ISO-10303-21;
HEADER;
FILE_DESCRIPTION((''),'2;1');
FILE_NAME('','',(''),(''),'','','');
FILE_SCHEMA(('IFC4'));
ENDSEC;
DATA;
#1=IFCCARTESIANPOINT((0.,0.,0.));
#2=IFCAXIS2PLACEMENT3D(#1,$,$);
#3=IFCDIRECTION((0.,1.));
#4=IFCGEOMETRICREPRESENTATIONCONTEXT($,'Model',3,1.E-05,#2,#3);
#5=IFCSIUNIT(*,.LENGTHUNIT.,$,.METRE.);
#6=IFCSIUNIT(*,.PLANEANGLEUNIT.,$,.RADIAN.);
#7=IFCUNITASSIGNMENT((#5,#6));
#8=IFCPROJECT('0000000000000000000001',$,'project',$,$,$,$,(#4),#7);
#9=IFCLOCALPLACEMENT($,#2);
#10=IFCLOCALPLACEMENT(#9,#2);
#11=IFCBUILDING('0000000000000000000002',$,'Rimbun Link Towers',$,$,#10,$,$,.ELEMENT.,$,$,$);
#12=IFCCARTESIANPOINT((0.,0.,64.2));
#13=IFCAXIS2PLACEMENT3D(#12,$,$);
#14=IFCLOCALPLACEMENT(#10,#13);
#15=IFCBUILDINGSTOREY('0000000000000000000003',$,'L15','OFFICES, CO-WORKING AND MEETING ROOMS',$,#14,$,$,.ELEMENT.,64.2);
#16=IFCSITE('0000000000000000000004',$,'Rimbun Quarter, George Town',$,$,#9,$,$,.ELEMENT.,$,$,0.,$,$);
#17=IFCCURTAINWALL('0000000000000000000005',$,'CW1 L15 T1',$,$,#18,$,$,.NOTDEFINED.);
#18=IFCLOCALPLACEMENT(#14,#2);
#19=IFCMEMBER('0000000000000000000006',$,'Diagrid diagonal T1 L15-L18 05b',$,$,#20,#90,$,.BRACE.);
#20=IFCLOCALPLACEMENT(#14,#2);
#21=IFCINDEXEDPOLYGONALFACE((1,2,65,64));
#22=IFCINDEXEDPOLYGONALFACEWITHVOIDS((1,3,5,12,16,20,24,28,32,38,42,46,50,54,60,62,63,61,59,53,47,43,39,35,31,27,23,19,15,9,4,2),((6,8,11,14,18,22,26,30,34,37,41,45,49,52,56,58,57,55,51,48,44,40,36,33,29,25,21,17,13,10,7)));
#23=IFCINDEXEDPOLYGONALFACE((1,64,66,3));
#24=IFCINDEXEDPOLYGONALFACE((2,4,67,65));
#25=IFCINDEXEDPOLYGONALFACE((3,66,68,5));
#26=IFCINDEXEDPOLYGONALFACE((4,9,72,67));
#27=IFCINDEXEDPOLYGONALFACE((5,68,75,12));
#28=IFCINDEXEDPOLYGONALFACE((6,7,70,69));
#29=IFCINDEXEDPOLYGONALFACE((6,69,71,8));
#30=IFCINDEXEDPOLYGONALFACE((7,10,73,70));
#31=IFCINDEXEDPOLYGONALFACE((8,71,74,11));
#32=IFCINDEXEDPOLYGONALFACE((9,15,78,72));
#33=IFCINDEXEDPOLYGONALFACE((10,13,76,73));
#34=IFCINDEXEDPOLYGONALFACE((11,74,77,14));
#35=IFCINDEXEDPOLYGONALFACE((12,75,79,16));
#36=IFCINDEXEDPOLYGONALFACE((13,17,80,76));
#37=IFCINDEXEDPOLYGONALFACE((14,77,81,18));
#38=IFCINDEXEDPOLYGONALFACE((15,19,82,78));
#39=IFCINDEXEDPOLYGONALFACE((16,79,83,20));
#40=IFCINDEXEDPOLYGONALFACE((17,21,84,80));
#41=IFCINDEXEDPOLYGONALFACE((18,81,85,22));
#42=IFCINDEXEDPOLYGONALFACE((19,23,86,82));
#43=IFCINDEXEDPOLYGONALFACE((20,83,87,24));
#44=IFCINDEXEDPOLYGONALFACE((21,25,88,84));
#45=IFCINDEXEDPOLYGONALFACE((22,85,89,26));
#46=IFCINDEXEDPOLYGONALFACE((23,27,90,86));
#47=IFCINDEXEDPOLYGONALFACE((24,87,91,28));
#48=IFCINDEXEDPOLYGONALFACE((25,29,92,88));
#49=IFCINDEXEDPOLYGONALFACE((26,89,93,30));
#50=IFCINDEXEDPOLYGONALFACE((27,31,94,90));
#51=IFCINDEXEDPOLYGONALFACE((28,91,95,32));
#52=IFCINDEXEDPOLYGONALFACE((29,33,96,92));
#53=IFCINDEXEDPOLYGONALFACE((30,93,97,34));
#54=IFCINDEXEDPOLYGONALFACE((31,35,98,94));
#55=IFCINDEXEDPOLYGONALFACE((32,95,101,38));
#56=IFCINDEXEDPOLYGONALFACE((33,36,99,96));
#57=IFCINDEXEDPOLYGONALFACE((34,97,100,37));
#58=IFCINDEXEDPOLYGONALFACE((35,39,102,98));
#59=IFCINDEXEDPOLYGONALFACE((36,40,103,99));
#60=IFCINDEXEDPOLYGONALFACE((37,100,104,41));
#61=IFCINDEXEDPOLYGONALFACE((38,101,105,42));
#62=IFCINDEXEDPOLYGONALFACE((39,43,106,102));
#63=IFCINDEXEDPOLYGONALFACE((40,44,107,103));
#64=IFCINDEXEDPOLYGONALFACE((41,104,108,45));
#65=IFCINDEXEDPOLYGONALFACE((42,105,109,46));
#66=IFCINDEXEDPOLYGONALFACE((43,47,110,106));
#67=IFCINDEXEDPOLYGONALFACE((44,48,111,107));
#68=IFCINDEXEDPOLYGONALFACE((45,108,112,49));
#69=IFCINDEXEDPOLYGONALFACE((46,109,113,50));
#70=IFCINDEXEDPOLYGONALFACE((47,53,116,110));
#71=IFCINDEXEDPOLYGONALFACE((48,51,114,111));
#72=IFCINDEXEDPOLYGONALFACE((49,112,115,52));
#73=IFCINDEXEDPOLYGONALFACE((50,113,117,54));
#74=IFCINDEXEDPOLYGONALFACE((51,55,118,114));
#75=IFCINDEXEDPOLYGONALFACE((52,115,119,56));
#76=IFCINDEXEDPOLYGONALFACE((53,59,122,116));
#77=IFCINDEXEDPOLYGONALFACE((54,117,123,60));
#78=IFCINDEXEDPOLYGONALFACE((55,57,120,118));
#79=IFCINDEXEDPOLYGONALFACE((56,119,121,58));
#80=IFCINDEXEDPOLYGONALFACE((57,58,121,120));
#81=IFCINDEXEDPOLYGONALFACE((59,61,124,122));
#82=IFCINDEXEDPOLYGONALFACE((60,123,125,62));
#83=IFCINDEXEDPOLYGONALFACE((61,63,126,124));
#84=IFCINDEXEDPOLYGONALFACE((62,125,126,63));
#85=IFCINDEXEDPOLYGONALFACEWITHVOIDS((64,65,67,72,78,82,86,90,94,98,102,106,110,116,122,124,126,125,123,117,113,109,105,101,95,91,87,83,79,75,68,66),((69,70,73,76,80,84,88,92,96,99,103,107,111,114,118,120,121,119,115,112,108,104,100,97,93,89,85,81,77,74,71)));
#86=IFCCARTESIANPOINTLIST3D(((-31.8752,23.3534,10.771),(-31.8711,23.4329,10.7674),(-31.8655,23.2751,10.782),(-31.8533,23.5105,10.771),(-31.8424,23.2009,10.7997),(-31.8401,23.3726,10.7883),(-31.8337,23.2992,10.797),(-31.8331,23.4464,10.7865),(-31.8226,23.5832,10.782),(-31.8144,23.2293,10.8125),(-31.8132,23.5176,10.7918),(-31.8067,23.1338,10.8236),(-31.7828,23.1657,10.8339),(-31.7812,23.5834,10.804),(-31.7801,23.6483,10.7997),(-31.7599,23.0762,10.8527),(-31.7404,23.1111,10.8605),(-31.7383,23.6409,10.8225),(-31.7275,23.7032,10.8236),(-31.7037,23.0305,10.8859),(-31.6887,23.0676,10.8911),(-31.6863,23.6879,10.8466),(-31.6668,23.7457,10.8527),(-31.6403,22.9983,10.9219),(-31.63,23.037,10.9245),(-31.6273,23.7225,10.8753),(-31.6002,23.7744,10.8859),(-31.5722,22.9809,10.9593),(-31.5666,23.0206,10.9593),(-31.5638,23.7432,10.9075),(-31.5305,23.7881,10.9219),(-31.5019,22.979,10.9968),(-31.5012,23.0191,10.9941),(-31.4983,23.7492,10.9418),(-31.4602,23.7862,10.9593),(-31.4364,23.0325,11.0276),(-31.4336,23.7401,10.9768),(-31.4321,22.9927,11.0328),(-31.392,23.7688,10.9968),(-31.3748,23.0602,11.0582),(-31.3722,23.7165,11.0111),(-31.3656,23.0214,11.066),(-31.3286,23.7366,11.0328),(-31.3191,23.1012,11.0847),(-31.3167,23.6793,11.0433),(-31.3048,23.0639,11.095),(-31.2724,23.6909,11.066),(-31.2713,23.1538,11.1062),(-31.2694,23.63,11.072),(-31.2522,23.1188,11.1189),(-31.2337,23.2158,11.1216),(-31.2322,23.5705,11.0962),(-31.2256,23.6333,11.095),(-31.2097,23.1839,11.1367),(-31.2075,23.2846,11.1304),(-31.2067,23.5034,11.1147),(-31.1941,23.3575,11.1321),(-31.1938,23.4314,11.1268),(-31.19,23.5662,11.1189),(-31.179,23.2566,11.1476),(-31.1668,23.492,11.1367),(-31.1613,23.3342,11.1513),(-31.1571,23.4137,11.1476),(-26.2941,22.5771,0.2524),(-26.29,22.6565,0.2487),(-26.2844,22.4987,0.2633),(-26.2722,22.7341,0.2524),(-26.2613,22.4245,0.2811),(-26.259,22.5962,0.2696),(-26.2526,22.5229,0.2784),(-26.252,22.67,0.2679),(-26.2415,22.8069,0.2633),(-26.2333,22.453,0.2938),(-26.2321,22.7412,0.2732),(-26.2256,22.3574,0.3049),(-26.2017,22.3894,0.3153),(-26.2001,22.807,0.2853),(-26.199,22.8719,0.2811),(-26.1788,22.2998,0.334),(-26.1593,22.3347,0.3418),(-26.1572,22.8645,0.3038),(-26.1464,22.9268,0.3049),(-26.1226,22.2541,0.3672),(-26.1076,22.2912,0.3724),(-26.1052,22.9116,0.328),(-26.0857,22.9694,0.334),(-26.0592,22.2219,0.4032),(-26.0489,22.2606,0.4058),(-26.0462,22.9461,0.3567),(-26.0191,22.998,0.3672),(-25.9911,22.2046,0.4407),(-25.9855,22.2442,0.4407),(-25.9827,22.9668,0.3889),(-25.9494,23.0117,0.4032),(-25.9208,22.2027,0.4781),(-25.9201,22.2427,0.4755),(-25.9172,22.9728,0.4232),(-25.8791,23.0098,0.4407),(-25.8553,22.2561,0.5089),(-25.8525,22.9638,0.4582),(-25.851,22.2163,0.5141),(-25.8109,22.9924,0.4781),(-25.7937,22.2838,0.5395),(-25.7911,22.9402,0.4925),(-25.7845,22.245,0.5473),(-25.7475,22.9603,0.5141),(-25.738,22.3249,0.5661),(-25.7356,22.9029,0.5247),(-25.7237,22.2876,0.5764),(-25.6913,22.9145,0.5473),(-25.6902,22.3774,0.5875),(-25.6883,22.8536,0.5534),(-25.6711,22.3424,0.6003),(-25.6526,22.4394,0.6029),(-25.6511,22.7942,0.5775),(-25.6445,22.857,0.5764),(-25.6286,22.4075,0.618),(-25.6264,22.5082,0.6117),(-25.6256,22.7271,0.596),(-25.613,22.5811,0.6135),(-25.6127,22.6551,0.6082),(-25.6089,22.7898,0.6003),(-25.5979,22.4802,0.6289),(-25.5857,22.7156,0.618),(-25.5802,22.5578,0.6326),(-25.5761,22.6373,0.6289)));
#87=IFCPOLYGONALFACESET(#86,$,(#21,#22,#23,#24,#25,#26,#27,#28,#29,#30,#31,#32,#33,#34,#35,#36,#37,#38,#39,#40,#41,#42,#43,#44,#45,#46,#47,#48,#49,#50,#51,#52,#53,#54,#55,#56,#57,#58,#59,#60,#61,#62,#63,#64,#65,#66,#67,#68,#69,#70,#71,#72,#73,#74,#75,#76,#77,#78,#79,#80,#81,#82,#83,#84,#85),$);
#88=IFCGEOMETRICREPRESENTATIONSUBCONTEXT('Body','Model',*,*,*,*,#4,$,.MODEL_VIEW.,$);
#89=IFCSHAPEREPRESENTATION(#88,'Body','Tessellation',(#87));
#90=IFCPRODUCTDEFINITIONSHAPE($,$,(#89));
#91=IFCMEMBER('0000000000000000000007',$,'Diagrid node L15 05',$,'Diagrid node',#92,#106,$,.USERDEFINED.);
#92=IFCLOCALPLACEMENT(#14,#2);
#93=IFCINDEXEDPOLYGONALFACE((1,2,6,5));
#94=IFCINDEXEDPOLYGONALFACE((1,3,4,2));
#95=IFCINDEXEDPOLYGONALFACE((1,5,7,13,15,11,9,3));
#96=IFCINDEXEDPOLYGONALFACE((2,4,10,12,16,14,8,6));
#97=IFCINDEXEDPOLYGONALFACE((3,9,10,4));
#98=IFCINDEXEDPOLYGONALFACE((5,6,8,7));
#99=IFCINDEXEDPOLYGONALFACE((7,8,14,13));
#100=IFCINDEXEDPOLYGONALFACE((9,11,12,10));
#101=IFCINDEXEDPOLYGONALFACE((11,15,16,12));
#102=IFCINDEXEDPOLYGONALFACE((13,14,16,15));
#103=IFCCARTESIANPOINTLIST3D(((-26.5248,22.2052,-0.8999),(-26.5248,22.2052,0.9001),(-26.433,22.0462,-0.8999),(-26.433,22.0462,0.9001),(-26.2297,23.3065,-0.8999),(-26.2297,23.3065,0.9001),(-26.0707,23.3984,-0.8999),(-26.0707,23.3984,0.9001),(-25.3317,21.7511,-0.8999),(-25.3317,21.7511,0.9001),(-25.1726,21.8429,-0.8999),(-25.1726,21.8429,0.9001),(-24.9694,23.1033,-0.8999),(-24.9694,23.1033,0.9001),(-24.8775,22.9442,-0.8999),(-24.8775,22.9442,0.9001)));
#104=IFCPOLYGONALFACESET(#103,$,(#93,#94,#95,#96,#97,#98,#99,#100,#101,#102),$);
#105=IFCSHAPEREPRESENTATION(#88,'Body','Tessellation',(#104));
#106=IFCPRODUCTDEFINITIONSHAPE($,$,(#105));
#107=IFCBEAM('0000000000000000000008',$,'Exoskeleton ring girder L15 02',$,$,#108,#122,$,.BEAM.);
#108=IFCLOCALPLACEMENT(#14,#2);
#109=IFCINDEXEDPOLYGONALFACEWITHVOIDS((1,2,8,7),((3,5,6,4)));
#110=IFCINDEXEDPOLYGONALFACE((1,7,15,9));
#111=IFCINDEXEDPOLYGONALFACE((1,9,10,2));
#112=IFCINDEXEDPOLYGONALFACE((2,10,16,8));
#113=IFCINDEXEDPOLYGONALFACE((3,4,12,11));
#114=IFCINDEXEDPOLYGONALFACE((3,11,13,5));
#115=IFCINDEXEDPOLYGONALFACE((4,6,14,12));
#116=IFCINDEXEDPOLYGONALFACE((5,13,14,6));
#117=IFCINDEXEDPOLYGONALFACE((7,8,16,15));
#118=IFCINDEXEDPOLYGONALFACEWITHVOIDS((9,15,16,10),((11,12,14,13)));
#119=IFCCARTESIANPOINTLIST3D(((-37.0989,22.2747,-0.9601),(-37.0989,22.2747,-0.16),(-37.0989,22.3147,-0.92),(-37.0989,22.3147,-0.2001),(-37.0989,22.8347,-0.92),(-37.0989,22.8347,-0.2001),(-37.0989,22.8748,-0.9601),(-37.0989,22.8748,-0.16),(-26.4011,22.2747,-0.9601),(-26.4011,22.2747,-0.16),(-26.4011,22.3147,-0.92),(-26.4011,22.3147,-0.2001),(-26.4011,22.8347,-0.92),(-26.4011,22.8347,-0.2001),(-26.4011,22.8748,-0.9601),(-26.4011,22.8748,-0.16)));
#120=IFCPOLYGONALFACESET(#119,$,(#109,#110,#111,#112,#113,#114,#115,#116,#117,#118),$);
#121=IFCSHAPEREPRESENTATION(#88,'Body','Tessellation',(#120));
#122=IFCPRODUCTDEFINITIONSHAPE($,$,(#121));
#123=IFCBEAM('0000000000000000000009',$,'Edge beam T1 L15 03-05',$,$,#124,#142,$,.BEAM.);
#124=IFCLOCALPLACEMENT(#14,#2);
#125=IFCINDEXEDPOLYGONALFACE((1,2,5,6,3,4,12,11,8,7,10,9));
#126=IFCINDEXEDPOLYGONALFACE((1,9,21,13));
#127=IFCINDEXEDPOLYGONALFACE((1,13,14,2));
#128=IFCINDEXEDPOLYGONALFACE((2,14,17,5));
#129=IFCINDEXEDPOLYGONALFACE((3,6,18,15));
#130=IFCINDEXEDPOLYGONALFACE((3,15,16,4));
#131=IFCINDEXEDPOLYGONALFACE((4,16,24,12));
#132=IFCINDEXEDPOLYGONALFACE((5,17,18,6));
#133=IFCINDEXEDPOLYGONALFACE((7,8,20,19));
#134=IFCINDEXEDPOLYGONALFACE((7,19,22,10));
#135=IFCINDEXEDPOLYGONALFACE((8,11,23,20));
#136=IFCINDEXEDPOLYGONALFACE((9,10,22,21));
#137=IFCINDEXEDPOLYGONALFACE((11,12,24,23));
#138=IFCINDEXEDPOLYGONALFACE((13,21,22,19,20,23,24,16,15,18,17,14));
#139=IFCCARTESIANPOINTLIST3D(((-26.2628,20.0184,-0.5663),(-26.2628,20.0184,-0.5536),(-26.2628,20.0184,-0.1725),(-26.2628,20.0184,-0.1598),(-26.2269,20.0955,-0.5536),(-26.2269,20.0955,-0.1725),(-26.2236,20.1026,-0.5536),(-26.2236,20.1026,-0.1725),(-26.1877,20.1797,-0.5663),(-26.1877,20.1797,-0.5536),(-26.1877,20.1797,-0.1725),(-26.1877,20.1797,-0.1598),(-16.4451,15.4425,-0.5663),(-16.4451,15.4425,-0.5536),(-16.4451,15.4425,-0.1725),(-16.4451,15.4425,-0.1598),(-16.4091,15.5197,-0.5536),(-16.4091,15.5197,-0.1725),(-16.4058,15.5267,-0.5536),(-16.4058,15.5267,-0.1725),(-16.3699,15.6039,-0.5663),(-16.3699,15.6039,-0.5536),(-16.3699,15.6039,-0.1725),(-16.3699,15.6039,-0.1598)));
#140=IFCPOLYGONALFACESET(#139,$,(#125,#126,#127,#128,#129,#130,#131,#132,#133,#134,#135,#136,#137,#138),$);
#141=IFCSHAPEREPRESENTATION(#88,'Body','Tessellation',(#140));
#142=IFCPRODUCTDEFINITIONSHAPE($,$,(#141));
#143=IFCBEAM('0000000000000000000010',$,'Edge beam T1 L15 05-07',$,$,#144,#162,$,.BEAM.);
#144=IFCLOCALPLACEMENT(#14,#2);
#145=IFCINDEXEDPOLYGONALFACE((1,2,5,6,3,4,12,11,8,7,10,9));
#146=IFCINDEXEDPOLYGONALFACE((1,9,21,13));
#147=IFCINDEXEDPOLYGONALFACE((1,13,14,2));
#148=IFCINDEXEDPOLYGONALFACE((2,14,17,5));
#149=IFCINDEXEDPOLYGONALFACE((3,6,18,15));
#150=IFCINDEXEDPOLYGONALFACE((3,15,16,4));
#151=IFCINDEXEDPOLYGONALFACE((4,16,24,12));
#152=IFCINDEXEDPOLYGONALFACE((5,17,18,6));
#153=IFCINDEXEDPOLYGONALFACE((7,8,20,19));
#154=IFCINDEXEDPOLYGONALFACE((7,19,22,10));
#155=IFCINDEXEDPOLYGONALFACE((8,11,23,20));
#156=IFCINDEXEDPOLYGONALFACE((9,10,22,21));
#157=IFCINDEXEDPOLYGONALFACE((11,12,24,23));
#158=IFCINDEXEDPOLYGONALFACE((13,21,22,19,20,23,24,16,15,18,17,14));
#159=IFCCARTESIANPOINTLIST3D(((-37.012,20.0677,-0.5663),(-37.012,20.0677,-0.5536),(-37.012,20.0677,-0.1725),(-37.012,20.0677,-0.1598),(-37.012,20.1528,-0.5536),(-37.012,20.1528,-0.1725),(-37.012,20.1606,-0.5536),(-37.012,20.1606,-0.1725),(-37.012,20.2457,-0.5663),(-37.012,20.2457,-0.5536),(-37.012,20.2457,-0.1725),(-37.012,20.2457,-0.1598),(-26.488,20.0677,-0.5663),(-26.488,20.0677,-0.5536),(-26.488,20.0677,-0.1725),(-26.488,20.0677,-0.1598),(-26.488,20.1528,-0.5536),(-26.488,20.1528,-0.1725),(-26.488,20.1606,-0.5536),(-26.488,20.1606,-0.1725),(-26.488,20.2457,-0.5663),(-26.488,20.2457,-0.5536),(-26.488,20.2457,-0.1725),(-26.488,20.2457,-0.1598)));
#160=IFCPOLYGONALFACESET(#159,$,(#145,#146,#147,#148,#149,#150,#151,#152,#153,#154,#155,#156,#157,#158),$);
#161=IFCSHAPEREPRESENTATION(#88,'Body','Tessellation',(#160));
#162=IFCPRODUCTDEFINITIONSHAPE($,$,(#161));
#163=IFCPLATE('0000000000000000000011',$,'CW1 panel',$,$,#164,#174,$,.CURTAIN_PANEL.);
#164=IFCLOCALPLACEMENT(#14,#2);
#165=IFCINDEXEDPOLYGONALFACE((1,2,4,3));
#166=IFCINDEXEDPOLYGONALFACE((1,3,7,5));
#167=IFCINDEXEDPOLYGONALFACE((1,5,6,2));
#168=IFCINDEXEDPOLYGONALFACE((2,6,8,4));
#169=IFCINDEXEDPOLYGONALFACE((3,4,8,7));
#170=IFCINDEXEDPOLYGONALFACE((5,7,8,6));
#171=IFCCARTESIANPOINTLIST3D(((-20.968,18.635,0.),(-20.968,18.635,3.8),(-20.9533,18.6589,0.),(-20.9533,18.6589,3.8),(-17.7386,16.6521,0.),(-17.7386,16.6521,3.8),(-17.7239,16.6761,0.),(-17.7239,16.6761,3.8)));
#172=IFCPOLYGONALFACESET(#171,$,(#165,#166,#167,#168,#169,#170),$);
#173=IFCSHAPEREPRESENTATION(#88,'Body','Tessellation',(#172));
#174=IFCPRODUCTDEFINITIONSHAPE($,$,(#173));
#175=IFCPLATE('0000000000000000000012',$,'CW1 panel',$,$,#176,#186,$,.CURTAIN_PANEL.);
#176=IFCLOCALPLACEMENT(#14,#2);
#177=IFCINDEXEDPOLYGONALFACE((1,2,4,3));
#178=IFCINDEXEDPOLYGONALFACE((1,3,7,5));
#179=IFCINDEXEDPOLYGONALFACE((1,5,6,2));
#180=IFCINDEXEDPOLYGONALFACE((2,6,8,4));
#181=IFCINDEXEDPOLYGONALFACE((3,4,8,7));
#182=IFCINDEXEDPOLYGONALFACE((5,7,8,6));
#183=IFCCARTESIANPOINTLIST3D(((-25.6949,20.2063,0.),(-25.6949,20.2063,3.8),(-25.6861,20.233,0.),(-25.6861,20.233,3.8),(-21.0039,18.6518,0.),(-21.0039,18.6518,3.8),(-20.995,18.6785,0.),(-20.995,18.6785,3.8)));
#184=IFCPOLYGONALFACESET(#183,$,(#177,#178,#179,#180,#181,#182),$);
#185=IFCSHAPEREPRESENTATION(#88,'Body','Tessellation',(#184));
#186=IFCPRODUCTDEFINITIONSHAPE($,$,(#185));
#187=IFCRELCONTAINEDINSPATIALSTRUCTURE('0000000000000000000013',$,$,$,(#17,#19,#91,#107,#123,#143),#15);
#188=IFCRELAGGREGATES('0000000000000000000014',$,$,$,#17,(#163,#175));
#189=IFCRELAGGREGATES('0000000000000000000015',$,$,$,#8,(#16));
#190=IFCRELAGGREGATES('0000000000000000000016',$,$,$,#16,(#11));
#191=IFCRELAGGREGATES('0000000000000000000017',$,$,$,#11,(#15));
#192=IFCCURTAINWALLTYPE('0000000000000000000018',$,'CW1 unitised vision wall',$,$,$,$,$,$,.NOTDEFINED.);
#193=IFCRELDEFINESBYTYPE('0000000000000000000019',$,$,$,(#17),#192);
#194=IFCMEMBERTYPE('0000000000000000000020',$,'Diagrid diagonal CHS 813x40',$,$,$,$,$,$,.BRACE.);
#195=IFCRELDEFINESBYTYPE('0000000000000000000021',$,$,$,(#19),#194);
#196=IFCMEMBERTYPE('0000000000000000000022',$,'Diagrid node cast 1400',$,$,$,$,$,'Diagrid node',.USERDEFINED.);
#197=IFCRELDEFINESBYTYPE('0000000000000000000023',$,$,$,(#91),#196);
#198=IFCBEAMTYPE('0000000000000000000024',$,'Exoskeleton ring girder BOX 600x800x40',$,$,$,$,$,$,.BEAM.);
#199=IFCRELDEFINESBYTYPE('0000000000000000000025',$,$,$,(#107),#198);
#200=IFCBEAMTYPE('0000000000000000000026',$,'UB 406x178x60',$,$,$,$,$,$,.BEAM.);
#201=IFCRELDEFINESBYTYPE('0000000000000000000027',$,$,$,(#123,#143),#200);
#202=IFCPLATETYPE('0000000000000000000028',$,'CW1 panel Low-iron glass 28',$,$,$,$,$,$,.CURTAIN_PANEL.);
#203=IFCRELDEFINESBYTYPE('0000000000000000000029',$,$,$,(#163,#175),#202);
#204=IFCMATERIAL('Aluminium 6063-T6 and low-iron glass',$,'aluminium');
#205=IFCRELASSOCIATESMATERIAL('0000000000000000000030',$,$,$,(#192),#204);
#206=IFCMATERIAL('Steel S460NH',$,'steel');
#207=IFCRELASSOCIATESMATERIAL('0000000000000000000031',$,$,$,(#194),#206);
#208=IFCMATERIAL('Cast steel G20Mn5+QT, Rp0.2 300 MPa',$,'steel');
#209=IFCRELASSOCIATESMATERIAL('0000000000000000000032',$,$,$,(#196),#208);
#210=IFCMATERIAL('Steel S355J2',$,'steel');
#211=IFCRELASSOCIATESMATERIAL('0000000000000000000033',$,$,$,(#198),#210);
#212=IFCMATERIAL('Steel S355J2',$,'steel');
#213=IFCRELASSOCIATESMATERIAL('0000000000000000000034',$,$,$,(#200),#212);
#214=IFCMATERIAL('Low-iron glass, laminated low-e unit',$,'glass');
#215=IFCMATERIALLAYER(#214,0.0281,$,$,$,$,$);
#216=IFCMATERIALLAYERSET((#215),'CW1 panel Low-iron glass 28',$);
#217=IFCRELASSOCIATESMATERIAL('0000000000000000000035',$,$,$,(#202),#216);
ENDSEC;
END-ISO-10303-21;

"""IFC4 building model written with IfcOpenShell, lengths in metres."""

from ifc_helpers import new_model, si_unit, direction, frame, origin, origin_2d, place, context, subcontext, project, spatial, polyline, rectangle, hollow_rectangle, hollow_circle, i_section, outline, extrude, material, layer, layer_set, material_profile, profile_set, type_object, element, aggregate, save


model = new_model("IFC4")

# Units and contexts
model_context = context("Model", 3, precision=1e-05, world=origin(), true_north=direction((0.0, 1.0)))
body_context = subcontext(model_context, "Body", "Model", "MODEL_VIEW")
ifc_project = project(units=[si_unit("LENGTHUNIT", "METRE"), si_unit("PLANEANGLEUNIT", "RADIAN")], contexts=[model_context])

# Site, building, storey
site_placement = place(None, origin())
site = spatial("IfcSite", under=ifc_project, at=site_placement, Name="Rimbun Quarter, George Town", CompositionType="ELEMENT", RefElevation=0.0)
building_placement = place(site_placement, origin())
building = spatial("IfcBuilding", under=site, at=building_placement, Name="Rimbun Link Towers", CompositionType="ELEMENT")
storey_placement = place(building_placement, frame((0.0, 0.0, 64.2)))
storey = spatial("IfcBuildingStorey", under=building, at=storey_placement, Name="L15", Description="OFFICES, CO-WORKING AND MEETING ROOMS", CompositionType="ELEMENT", Elevation=64.2)

# Curtain wall
ifc_material_1 = material(Name="Aluminium 6063-T6 and low-iron glass", Category="aluminium")
curtain_wall_type = type_object("IfcCurtainWallType", Name="CW1 unitised vision wall", PredefinedType="NOTDEFINED", material=ifc_material_1)
curtain_wall_placement = place(storey_placement, origin())
curtain_wall = element("IfcCurtainWall", 1, at=curtain_wall_placement, inside=storey, type_object=curtain_wall_type, Name="CW1 L15 T1", PredefinedType="NOTDEFINED")

# Members
ifc_material_2 = material(Name="Steel S460NH", Category="steel")
ifc_material_profile_1 = material_profile(ifc_material_2, hollow_circle(Radius=0.4065, WallThickness=0.04, at=origin_2d()), Name="Diagrid diagonal CHS 813x40")
ifc_profile_set_1 = profile_set([ifc_material_profile_1], Name="Steel S460NH")
member_type_1 = type_object("IfcMemberType", Name="Diagrid diagonal CHS 813x40", PredefinedType="BRACE", material=ifc_profile_set_1)
member_1_placement = place(storey_placement, frame((-25.9351, 22.6072, 0.4407), z_axis=(-0.467708, 0.065062, 0.881485), x_axis=(-0.137781, -0.990463, 0.0)))
element("IfcMember", 2, at=member_1_placement, inside=storey, type_object=member_type_1, Name="Diagrid diagonal T1 L15-L18 05b", PredefinedType="BRACE", context=body_context, shape_type="SweptSolid", body=[
    extrude(hollow_circle(Radius=0.4065, WallThickness=0.04, at=origin_2d()), origin(), (0.0, 0.0, 1.0), 11.9329),
])
ifc_material_3 = material(Name="Cast steel G20Mn5+QT, Rp0.2 300 MPa", Category="steel")
ifc_material_profile_2 = material_profile(ifc_material_3, outline(polyline([(0.7, -0.5701), (0.7, 0.5701), (0.5701, 0.7), (-0.5701, 0.7), (-0.7, 0.5701), (-0.7, -0.5701), (-0.5701, -0.7), (0.5701, -0.7), (0.7, -0.5701)])), Name="NODE 1400x1400")
ifc_profile_set_2 = profile_set([ifc_material_profile_2], Name="Cast steel G20Mn5+QT, Rp0.2 300 MPa")
member_type_2 = type_object("IfcMemberType", Name="Diagrid node cast 1400", ElementType="Diagrid node", PredefinedType="USERDEFINED", material=ifc_profile_set_2)
member_2_placement = place(storey_placement, frame((-25.7012, 22.5747, -0.8999), z_axis=(0.0, 0.0, 1.0), x_axis=(0.258819, 0.965926, 0.0)))
element("IfcMember", 3, at=member_2_placement, inside=storey, type_object=member_type_2, Name="Diagrid node L15 05", ObjectType="Diagrid node", PredefinedType="USERDEFINED", context=body_context, shape_type="SweptSolid", body=[
    extrude(outline(polyline([(0.7, -0.5701), (0.7, 0.5701), (0.5701, 0.7), (-0.5701, 0.7), (-0.7, 0.5701), (-0.7, -0.5701), (-0.5701, -0.7), (0.5701, -0.7), (0.7, -0.5701)])), origin(), (0.0, 0.0, 1.0), 1.8),
])

# Beams
ifc_material_4 = material(Name="Steel S355J2", Category="steel")
ifc_material_profile_3 = material_profile(ifc_material_4, hollow_rectangle(XDim=0.6001, YDim=0.8, WallThickness=0.04, at=origin_2d()), Name="Exoskeleton ring girder BOX 600x800x40")
ifc_profile_set_3 = profile_set([ifc_material_profile_3], Name="Steel S355J2")
beam_type_1 = type_object("IfcBeamType", Name="Exoskeleton ring girder BOX 600x800x40", PredefinedType="BEAM", material=ifc_profile_set_3)
beam_1_placement = place(storey_placement, frame((-26.4011, 22.5747, -0.5601), z_axis=(-1.0, 0.0, 0.0), x_axis=(0.0, -1.0, 0.0)))
element("IfcBeam", 4, at=beam_1_placement, inside=storey, type_object=beam_type_1, Name="Exoskeleton ring girder L15 02", PredefinedType="BEAM", context=body_context, shape_type="SweptSolid", body=[
    extrude(hollow_rectangle(XDim=0.6001, YDim=0.8, WallThickness=0.04, at=origin_2d()), origin(), (0.0, 0.0, 1.0), 10.6978),
])
ifc_material_5 = material(Name="Steel S355J2", Category="steel")
ifc_material_profile_4 = material_profile(ifc_material_5, i_section(OverallWidth=0.178, OverallDepth=0.4065, WebThickness=0.0078, FlangeThickness=0.0127, at=origin_2d()), Name="UB 406x178x60")
ifc_profile_set_4 = profile_set([ifc_material_profile_4], Name="Steel S355J2")
beam_type_2 = type_object("IfcBeamType", Name="UB 406x178x60", PredefinedType="BEAM", material=ifc_profile_set_4)
beam_2_placement = place(storey_placement, frame((-16.4075, 15.5232, -0.363), z_axis=(-0.906386, 0.42245, 0.0), x_axis=(-0.42245, -0.906386, 0.0)))
element("IfcBeam", 5, at=beam_2_placement, inside=storey, type_object=beam_type_2, Name="Edge beam T1 L15 03-05", PredefinedType="BEAM", context=body_context, shape_type="SweptSolid", body=[
    extrude(i_section(OverallWidth=0.178, OverallDepth=0.4065, WebThickness=0.0078, FlangeThickness=0.0127, at=origin_2d()), origin(), (0.0, 0.0, 1.0), 10.8318),
])
beam_3_placement = place(storey_placement, frame((-26.488, 20.1567, -0.363), z_axis=(-1.0, 0.0, 0.0), x_axis=(0.0, -1.0, 0.0)))
element("IfcBeam", 6, at=beam_3_placement, inside=storey, type_object=beam_type_2, Name="Edge beam T1 L15 05-07", PredefinedType="BEAM", context=body_context, shape_type="SweptSolid", body=[
    extrude(i_section(OverallWidth=0.178, OverallDepth=0.4065, WebThickness=0.0078, FlangeThickness=0.0127, at=origin_2d()), origin(), (0.0, 0.0, 1.0), 10.5239),
])

# Plates
ifc_material_6 = material(Name="Low-iron glass, laminated low-e unit", Category="glass")
ifc_layer = layer(ifc_material_6, 0.0281)
ifc_layer_set = layer_set([ifc_layer], Name="CW1 panel Low-iron glass 28")
plate_type = type_object("IfcPlateType", Name="CW1 panel Low-iron glass 28", PredefinedType="CURTAIN_PANEL", material=ifc_layer_set)
plate_1_placement = place(storey_placement, frame((-19.3459, 17.6555, 0.0), z_axis=(0.0, 0.0, 1.0), x_axis=(0.852186, -0.523239, 0.0)))
plate_1 = element("IfcPlate", 7, at=plate_1_placement, type_object=plate_type, Name="CW1 panel", PredefinedType="CURTAIN_PANEL", context=body_context, shape_type="SweptSolid", body=[
    extrude(rectangle(XDim=3.7896, YDim=0.0281, at=origin_2d()), origin(), (0.0, 0.0, 1.0), 3.8),
])
plate_2_placement = place(storey_placement, frame((-23.345, 19.4424, 0.0), z_axis=(0.0, 0.0, 1.0), x_axis=(0.949239, -0.314556, 0.0)))
plate_2 = element("IfcPlate", 8, at=plate_2_placement, type_object=plate_type, Name="CW1 panel", PredefinedType="CURTAIN_PANEL", context=body_context, shape_type="SweptSolid", body=[
    extrude(rectangle(XDim=4.9419, YDim=0.0281, at=origin_2d()), origin(), (0.0, 0.0, 1.0), 3.8),
])
aggregate(curtain_wall, [plate_1, plate_2])

save(model, "model.ifc")
